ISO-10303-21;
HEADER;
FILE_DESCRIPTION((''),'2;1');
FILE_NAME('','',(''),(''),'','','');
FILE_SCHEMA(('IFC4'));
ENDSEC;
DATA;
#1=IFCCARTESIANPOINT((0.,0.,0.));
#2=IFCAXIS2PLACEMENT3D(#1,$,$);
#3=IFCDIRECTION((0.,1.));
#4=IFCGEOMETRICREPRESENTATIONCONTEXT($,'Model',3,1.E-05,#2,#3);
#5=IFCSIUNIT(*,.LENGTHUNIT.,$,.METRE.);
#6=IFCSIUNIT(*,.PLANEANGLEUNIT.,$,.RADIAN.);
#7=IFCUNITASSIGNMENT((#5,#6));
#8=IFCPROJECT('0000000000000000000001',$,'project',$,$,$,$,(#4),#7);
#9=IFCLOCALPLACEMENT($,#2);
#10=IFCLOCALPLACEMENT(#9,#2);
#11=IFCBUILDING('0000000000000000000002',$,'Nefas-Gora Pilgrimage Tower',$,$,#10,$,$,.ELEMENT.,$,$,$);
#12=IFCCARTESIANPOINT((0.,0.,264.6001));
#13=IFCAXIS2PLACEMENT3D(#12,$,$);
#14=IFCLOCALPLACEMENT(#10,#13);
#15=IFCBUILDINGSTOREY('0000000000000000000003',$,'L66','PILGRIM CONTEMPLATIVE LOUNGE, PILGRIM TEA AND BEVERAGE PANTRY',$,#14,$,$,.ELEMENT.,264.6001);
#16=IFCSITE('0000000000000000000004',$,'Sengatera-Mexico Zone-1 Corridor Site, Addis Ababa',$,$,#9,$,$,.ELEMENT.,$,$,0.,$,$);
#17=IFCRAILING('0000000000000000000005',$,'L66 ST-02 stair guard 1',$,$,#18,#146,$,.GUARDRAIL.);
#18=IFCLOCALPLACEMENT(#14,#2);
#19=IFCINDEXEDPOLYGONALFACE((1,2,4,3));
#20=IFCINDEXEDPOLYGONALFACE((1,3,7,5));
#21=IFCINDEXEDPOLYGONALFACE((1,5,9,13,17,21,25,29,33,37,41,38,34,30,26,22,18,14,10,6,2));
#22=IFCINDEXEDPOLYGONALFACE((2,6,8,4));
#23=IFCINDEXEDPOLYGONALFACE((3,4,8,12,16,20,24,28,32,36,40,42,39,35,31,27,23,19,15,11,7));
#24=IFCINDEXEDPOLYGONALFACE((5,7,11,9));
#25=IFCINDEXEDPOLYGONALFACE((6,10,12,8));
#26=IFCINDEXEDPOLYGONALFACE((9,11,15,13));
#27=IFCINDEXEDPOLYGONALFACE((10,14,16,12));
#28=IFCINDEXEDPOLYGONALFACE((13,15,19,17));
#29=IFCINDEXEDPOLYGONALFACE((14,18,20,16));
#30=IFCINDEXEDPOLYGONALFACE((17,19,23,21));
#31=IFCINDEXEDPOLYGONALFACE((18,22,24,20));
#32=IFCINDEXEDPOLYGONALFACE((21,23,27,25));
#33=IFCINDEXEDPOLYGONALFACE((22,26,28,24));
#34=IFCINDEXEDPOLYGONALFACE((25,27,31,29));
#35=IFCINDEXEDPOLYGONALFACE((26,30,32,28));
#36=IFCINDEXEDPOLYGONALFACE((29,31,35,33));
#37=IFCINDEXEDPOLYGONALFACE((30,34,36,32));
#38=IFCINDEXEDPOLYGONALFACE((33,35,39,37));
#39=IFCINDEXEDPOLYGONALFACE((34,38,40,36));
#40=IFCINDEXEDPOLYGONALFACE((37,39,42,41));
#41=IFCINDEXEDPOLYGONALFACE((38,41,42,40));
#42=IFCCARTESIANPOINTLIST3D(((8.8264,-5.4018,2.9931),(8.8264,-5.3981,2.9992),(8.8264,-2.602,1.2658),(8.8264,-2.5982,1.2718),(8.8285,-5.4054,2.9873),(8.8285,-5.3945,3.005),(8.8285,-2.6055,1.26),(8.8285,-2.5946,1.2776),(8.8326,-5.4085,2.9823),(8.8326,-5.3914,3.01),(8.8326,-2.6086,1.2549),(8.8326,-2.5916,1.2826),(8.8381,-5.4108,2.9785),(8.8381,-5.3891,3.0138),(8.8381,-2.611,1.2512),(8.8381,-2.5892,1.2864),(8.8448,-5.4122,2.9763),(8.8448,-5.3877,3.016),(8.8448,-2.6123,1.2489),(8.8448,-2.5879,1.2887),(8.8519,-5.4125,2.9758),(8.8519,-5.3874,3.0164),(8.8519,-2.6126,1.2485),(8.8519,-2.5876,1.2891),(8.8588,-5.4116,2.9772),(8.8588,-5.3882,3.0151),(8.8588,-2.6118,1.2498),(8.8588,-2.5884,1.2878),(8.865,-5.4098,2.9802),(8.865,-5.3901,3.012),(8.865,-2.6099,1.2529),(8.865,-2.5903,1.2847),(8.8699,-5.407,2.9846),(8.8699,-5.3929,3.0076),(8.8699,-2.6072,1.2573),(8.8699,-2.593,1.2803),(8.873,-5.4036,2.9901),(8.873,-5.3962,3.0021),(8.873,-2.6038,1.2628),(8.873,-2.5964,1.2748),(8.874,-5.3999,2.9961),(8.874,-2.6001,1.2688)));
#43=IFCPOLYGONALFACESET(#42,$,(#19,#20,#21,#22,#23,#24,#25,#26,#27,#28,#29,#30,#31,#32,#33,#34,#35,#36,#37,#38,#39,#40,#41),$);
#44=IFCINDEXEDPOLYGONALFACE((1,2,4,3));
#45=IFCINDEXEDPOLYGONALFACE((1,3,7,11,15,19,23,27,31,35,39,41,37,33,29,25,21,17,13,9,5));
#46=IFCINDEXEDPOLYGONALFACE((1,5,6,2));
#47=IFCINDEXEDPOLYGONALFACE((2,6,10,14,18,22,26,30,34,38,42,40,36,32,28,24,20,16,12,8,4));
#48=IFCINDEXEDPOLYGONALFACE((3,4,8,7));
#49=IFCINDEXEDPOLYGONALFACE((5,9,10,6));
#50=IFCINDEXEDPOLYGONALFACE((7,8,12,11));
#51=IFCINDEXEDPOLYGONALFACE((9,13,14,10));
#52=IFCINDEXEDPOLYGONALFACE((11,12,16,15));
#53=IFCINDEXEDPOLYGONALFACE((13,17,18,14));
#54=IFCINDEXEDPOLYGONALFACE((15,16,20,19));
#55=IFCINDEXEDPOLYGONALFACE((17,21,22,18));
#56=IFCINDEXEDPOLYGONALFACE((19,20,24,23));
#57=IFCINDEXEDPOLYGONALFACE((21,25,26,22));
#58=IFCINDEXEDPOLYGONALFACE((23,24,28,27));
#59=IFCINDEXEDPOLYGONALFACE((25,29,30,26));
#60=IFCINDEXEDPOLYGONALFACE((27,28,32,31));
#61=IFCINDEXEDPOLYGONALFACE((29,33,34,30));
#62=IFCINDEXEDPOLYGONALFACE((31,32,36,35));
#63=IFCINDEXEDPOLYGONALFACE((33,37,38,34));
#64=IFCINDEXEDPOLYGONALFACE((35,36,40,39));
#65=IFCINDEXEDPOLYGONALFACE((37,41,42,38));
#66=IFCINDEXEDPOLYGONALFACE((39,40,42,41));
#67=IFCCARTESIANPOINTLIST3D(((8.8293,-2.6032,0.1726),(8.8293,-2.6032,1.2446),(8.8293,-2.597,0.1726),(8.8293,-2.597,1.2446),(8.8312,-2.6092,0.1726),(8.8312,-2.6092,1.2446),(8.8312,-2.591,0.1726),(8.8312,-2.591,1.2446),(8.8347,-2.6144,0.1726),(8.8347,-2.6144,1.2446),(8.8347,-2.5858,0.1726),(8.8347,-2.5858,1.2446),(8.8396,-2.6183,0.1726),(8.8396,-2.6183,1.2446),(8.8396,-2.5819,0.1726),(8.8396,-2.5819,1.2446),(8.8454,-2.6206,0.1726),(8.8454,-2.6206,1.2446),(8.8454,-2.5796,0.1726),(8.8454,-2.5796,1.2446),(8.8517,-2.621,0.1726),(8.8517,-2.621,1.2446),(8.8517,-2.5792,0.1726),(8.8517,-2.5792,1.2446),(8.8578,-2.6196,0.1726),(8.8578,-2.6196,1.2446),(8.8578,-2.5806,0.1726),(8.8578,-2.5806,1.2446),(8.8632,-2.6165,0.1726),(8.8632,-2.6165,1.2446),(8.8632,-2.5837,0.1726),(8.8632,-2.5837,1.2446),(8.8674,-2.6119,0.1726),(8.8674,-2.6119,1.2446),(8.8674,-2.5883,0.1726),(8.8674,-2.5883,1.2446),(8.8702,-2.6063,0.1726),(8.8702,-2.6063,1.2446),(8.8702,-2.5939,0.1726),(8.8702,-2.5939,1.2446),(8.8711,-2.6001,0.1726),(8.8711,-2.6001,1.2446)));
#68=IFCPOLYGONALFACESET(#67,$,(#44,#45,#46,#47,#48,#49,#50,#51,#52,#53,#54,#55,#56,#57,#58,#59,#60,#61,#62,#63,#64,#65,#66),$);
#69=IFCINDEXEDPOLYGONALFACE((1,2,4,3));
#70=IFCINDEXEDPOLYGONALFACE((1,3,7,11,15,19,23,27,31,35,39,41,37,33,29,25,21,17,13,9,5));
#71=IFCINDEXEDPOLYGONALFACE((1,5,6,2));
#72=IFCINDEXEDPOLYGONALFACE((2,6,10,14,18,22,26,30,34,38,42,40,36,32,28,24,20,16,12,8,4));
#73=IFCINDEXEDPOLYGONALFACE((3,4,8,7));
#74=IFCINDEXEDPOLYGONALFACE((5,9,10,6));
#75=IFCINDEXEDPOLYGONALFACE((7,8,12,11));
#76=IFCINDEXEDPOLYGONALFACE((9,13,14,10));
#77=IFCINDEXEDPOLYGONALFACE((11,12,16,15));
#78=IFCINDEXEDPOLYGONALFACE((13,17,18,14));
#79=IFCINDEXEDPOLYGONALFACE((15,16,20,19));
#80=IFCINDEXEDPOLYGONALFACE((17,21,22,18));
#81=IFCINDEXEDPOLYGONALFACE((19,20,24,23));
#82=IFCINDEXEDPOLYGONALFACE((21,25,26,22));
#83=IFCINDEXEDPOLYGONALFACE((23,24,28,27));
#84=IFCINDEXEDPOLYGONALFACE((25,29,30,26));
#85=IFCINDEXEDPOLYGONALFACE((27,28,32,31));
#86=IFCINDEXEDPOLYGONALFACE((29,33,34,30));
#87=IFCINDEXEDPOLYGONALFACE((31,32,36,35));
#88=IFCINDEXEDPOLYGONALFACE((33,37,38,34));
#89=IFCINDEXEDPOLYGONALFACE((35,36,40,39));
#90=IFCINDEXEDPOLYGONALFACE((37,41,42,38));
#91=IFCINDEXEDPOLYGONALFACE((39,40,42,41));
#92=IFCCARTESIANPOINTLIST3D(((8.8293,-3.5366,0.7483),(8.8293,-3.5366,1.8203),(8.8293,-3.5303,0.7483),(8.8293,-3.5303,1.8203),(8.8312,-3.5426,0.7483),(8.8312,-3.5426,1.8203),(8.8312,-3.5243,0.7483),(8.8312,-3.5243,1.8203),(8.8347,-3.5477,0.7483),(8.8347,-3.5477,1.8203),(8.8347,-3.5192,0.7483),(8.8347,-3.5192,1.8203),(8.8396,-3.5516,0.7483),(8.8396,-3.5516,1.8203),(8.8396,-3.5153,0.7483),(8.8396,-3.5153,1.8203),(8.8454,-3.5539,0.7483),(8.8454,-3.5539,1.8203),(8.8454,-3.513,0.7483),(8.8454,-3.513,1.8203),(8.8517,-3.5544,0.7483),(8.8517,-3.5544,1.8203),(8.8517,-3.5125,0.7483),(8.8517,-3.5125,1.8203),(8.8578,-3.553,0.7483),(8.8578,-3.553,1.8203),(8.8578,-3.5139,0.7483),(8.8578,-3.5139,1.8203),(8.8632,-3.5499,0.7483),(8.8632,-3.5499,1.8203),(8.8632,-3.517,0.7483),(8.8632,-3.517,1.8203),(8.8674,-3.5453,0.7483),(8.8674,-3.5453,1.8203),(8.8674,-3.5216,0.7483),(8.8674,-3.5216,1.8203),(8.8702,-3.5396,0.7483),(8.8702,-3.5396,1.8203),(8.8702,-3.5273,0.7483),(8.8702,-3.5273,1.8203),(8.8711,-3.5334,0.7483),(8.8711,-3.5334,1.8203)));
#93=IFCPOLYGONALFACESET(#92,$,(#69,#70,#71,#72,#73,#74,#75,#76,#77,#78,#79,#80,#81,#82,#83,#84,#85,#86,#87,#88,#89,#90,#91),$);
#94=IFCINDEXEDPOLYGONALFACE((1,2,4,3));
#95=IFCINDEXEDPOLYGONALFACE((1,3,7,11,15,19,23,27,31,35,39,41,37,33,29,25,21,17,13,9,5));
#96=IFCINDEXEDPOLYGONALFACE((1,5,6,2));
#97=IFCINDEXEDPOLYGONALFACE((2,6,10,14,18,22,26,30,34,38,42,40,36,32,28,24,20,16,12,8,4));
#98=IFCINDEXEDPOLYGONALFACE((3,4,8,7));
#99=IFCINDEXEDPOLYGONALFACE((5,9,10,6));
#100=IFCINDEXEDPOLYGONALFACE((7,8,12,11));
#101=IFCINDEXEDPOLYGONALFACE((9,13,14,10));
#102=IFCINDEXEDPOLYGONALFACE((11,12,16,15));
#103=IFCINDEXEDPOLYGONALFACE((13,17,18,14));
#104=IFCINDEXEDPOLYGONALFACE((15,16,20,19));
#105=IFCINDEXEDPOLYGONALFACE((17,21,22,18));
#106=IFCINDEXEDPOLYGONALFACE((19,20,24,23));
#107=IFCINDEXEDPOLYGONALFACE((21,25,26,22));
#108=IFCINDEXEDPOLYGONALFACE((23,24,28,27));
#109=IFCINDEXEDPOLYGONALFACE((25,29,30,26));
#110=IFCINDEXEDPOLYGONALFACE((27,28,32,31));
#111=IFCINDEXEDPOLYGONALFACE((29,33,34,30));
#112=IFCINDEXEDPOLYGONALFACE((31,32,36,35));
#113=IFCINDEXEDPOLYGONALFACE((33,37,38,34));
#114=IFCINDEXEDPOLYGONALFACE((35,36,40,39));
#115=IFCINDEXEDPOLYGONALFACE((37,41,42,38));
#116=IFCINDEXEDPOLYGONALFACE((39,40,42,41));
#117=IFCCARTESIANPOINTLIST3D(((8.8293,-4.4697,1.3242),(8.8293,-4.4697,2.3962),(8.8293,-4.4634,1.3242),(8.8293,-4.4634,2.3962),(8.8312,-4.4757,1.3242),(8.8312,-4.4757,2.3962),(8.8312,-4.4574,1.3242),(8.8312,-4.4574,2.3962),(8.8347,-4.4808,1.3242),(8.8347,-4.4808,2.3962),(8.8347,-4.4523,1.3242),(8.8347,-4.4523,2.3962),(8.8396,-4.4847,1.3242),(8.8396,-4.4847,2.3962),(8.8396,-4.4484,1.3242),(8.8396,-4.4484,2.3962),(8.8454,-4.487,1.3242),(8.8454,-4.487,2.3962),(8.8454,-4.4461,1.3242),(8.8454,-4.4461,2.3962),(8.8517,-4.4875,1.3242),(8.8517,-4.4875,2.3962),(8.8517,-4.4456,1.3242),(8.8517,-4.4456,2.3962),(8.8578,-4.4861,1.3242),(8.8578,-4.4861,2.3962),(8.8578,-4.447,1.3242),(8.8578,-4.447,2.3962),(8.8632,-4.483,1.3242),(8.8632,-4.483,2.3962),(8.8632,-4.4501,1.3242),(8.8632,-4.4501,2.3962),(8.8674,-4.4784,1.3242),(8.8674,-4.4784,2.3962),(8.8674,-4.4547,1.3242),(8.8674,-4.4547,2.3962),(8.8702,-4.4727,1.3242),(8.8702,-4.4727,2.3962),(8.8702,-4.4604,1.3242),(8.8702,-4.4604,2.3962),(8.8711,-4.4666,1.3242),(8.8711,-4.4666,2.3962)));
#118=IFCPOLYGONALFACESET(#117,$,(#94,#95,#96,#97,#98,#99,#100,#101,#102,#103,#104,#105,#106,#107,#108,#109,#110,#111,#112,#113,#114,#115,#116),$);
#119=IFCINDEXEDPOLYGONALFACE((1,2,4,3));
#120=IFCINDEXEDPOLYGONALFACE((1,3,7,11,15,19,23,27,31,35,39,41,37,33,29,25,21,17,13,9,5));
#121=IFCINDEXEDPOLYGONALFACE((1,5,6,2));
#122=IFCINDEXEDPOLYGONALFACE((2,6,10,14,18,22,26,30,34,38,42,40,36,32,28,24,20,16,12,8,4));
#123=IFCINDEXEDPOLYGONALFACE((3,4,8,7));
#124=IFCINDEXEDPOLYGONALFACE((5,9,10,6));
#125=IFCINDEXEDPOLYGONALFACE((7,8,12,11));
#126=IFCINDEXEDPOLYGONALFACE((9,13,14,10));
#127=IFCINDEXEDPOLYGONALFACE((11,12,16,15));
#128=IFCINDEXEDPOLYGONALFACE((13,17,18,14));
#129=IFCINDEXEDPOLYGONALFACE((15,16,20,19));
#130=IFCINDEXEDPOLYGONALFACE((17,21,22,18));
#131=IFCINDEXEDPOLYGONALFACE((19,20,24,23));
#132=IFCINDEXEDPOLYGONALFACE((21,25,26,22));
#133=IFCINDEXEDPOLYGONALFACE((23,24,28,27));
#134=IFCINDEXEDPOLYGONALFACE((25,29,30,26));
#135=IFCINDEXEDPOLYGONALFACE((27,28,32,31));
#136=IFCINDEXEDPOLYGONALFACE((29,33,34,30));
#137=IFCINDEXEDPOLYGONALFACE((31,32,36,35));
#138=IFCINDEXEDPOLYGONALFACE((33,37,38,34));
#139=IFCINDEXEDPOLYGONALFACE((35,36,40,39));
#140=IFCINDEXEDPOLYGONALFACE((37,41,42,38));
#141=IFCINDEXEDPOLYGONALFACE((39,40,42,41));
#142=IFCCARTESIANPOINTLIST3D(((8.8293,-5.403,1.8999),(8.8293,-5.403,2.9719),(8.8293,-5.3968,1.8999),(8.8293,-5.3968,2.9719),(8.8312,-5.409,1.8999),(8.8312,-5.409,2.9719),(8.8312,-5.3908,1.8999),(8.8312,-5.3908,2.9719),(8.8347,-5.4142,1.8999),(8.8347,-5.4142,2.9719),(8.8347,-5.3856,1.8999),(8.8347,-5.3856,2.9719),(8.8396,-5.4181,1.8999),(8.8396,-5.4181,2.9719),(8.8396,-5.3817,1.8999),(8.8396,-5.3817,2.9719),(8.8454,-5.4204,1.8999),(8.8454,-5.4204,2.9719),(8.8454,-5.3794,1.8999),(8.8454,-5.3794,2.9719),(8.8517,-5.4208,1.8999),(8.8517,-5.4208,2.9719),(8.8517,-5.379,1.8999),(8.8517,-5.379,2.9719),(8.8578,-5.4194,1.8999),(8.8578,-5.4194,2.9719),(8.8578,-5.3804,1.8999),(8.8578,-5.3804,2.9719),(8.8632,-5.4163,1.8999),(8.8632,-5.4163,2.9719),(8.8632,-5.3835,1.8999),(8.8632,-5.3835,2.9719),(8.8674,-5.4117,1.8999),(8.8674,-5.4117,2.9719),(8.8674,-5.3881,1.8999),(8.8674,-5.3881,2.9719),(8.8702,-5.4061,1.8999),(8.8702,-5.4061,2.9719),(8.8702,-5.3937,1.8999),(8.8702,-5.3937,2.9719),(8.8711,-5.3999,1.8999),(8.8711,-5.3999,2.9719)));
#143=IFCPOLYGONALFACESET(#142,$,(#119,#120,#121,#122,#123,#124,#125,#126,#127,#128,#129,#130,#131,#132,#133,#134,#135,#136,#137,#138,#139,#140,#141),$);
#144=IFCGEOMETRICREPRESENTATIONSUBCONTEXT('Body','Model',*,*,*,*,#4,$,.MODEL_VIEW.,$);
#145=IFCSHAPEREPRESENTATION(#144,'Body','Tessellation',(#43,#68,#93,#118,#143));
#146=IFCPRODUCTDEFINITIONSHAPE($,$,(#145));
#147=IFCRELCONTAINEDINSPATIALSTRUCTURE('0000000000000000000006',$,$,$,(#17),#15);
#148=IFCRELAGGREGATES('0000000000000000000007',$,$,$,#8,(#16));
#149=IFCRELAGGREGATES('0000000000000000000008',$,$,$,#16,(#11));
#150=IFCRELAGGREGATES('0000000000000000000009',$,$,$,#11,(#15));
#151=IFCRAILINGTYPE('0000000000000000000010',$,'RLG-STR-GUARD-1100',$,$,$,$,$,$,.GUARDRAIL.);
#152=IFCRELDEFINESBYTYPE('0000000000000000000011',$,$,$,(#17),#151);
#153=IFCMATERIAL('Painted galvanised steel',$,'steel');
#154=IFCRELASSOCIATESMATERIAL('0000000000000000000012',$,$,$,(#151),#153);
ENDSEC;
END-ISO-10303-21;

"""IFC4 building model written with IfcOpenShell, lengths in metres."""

from ifc_helpers import new_model, si_unit, direction, frame, origin, origin_2d, place, context, subcontext, project, spatial, circle, extrude, material, type_object, element, save


model = new_model("IFC4")

# Units and contexts
model_context = context("Model", 3, precision=1e-05, world=origin(), true_north=direction((0.0, 1.0)))
body_context = subcontext(model_context, "Body", "Model", "MODEL_VIEW")
ifc_project = project(units=[si_unit("LENGTHUNIT", "METRE"), si_unit("PLANEANGLEUNIT", "RADIAN")], contexts=[model_context])

# Site, building, storey
site_placement = place(None, origin())
site = spatial("IfcSite", under=ifc_project, at=site_placement, Name="Sengatera-Mexico Zone-1 Corridor Site, Addis Ababa", CompositionType="ELEMENT", RefElevation=0.0)
building_placement = place(site_placement, origin())
building = spatial("IfcBuilding", under=site, at=building_placement, Name="Nefas-Gora Pilgrimage Tower", CompositionType="ELEMENT")
storey_placement = place(building_placement, frame((0.0, 0.0, 264.6001)))
storey = spatial("IfcBuildingStorey", under=building, at=storey_placement, Name="L66", Description="PILGRIM CONTEMPLATIVE LOUNGE, PILGRIM TEA AND BEVERAGE PANTRY", CompositionType="ELEMENT", Elevation=264.6001)

# Railing
ifc_material_1 = material(Name="Painted galvanised steel", Category="steel")
railing_type_1 = type_object("IfcRailingType", Name="RLG-STR-GUARD-1100", PredefinedType="GUARDRAIL", material=ifc_material_1)
railing_1_placement = place(storey_placement, frame((8.8501, -2.6001, 0.1726)))
element("IfcRailing", 1, at=railing_1_placement, inside=storey, type_object=railing_type_1, Name="L66 ST-02 stair guard 1", PredefinedType="GUARDRAIL", context=body_context, shape_type="SweptSolid", body=[
    extrude(circle(Radius=0.0239, at=origin_2d()), frame((0.0, 0.0, 1.0962), z_axis=(0.0, -0.851069, 0.525054), x_axis=(1.0, 0.0, 0.0)), (0.0, 0.0, 1.0), 3.2898),
    extrude(circle(Radius=0.021, at=origin_2d()), origin(), (0.0, 0.0, 1.0), 1.072),
    extrude(circle(Radius=0.021, at=origin_2d()), frame((0.0, -0.9333, 0.5757)), (0.0, 0.0, 1.0), 1.072),
    extrude(circle(Radius=0.021, at=origin_2d()), frame((0.0, -1.8665, 1.1516)), (0.0, 0.0, 1.0), 1.072),
    extrude(circle(Radius=0.021, at=origin_2d()), frame((0.0, -2.7998, 1.7273)), (0.0, 0.0, 1.0), 1.072),
])

save(model, "model.ifc")
